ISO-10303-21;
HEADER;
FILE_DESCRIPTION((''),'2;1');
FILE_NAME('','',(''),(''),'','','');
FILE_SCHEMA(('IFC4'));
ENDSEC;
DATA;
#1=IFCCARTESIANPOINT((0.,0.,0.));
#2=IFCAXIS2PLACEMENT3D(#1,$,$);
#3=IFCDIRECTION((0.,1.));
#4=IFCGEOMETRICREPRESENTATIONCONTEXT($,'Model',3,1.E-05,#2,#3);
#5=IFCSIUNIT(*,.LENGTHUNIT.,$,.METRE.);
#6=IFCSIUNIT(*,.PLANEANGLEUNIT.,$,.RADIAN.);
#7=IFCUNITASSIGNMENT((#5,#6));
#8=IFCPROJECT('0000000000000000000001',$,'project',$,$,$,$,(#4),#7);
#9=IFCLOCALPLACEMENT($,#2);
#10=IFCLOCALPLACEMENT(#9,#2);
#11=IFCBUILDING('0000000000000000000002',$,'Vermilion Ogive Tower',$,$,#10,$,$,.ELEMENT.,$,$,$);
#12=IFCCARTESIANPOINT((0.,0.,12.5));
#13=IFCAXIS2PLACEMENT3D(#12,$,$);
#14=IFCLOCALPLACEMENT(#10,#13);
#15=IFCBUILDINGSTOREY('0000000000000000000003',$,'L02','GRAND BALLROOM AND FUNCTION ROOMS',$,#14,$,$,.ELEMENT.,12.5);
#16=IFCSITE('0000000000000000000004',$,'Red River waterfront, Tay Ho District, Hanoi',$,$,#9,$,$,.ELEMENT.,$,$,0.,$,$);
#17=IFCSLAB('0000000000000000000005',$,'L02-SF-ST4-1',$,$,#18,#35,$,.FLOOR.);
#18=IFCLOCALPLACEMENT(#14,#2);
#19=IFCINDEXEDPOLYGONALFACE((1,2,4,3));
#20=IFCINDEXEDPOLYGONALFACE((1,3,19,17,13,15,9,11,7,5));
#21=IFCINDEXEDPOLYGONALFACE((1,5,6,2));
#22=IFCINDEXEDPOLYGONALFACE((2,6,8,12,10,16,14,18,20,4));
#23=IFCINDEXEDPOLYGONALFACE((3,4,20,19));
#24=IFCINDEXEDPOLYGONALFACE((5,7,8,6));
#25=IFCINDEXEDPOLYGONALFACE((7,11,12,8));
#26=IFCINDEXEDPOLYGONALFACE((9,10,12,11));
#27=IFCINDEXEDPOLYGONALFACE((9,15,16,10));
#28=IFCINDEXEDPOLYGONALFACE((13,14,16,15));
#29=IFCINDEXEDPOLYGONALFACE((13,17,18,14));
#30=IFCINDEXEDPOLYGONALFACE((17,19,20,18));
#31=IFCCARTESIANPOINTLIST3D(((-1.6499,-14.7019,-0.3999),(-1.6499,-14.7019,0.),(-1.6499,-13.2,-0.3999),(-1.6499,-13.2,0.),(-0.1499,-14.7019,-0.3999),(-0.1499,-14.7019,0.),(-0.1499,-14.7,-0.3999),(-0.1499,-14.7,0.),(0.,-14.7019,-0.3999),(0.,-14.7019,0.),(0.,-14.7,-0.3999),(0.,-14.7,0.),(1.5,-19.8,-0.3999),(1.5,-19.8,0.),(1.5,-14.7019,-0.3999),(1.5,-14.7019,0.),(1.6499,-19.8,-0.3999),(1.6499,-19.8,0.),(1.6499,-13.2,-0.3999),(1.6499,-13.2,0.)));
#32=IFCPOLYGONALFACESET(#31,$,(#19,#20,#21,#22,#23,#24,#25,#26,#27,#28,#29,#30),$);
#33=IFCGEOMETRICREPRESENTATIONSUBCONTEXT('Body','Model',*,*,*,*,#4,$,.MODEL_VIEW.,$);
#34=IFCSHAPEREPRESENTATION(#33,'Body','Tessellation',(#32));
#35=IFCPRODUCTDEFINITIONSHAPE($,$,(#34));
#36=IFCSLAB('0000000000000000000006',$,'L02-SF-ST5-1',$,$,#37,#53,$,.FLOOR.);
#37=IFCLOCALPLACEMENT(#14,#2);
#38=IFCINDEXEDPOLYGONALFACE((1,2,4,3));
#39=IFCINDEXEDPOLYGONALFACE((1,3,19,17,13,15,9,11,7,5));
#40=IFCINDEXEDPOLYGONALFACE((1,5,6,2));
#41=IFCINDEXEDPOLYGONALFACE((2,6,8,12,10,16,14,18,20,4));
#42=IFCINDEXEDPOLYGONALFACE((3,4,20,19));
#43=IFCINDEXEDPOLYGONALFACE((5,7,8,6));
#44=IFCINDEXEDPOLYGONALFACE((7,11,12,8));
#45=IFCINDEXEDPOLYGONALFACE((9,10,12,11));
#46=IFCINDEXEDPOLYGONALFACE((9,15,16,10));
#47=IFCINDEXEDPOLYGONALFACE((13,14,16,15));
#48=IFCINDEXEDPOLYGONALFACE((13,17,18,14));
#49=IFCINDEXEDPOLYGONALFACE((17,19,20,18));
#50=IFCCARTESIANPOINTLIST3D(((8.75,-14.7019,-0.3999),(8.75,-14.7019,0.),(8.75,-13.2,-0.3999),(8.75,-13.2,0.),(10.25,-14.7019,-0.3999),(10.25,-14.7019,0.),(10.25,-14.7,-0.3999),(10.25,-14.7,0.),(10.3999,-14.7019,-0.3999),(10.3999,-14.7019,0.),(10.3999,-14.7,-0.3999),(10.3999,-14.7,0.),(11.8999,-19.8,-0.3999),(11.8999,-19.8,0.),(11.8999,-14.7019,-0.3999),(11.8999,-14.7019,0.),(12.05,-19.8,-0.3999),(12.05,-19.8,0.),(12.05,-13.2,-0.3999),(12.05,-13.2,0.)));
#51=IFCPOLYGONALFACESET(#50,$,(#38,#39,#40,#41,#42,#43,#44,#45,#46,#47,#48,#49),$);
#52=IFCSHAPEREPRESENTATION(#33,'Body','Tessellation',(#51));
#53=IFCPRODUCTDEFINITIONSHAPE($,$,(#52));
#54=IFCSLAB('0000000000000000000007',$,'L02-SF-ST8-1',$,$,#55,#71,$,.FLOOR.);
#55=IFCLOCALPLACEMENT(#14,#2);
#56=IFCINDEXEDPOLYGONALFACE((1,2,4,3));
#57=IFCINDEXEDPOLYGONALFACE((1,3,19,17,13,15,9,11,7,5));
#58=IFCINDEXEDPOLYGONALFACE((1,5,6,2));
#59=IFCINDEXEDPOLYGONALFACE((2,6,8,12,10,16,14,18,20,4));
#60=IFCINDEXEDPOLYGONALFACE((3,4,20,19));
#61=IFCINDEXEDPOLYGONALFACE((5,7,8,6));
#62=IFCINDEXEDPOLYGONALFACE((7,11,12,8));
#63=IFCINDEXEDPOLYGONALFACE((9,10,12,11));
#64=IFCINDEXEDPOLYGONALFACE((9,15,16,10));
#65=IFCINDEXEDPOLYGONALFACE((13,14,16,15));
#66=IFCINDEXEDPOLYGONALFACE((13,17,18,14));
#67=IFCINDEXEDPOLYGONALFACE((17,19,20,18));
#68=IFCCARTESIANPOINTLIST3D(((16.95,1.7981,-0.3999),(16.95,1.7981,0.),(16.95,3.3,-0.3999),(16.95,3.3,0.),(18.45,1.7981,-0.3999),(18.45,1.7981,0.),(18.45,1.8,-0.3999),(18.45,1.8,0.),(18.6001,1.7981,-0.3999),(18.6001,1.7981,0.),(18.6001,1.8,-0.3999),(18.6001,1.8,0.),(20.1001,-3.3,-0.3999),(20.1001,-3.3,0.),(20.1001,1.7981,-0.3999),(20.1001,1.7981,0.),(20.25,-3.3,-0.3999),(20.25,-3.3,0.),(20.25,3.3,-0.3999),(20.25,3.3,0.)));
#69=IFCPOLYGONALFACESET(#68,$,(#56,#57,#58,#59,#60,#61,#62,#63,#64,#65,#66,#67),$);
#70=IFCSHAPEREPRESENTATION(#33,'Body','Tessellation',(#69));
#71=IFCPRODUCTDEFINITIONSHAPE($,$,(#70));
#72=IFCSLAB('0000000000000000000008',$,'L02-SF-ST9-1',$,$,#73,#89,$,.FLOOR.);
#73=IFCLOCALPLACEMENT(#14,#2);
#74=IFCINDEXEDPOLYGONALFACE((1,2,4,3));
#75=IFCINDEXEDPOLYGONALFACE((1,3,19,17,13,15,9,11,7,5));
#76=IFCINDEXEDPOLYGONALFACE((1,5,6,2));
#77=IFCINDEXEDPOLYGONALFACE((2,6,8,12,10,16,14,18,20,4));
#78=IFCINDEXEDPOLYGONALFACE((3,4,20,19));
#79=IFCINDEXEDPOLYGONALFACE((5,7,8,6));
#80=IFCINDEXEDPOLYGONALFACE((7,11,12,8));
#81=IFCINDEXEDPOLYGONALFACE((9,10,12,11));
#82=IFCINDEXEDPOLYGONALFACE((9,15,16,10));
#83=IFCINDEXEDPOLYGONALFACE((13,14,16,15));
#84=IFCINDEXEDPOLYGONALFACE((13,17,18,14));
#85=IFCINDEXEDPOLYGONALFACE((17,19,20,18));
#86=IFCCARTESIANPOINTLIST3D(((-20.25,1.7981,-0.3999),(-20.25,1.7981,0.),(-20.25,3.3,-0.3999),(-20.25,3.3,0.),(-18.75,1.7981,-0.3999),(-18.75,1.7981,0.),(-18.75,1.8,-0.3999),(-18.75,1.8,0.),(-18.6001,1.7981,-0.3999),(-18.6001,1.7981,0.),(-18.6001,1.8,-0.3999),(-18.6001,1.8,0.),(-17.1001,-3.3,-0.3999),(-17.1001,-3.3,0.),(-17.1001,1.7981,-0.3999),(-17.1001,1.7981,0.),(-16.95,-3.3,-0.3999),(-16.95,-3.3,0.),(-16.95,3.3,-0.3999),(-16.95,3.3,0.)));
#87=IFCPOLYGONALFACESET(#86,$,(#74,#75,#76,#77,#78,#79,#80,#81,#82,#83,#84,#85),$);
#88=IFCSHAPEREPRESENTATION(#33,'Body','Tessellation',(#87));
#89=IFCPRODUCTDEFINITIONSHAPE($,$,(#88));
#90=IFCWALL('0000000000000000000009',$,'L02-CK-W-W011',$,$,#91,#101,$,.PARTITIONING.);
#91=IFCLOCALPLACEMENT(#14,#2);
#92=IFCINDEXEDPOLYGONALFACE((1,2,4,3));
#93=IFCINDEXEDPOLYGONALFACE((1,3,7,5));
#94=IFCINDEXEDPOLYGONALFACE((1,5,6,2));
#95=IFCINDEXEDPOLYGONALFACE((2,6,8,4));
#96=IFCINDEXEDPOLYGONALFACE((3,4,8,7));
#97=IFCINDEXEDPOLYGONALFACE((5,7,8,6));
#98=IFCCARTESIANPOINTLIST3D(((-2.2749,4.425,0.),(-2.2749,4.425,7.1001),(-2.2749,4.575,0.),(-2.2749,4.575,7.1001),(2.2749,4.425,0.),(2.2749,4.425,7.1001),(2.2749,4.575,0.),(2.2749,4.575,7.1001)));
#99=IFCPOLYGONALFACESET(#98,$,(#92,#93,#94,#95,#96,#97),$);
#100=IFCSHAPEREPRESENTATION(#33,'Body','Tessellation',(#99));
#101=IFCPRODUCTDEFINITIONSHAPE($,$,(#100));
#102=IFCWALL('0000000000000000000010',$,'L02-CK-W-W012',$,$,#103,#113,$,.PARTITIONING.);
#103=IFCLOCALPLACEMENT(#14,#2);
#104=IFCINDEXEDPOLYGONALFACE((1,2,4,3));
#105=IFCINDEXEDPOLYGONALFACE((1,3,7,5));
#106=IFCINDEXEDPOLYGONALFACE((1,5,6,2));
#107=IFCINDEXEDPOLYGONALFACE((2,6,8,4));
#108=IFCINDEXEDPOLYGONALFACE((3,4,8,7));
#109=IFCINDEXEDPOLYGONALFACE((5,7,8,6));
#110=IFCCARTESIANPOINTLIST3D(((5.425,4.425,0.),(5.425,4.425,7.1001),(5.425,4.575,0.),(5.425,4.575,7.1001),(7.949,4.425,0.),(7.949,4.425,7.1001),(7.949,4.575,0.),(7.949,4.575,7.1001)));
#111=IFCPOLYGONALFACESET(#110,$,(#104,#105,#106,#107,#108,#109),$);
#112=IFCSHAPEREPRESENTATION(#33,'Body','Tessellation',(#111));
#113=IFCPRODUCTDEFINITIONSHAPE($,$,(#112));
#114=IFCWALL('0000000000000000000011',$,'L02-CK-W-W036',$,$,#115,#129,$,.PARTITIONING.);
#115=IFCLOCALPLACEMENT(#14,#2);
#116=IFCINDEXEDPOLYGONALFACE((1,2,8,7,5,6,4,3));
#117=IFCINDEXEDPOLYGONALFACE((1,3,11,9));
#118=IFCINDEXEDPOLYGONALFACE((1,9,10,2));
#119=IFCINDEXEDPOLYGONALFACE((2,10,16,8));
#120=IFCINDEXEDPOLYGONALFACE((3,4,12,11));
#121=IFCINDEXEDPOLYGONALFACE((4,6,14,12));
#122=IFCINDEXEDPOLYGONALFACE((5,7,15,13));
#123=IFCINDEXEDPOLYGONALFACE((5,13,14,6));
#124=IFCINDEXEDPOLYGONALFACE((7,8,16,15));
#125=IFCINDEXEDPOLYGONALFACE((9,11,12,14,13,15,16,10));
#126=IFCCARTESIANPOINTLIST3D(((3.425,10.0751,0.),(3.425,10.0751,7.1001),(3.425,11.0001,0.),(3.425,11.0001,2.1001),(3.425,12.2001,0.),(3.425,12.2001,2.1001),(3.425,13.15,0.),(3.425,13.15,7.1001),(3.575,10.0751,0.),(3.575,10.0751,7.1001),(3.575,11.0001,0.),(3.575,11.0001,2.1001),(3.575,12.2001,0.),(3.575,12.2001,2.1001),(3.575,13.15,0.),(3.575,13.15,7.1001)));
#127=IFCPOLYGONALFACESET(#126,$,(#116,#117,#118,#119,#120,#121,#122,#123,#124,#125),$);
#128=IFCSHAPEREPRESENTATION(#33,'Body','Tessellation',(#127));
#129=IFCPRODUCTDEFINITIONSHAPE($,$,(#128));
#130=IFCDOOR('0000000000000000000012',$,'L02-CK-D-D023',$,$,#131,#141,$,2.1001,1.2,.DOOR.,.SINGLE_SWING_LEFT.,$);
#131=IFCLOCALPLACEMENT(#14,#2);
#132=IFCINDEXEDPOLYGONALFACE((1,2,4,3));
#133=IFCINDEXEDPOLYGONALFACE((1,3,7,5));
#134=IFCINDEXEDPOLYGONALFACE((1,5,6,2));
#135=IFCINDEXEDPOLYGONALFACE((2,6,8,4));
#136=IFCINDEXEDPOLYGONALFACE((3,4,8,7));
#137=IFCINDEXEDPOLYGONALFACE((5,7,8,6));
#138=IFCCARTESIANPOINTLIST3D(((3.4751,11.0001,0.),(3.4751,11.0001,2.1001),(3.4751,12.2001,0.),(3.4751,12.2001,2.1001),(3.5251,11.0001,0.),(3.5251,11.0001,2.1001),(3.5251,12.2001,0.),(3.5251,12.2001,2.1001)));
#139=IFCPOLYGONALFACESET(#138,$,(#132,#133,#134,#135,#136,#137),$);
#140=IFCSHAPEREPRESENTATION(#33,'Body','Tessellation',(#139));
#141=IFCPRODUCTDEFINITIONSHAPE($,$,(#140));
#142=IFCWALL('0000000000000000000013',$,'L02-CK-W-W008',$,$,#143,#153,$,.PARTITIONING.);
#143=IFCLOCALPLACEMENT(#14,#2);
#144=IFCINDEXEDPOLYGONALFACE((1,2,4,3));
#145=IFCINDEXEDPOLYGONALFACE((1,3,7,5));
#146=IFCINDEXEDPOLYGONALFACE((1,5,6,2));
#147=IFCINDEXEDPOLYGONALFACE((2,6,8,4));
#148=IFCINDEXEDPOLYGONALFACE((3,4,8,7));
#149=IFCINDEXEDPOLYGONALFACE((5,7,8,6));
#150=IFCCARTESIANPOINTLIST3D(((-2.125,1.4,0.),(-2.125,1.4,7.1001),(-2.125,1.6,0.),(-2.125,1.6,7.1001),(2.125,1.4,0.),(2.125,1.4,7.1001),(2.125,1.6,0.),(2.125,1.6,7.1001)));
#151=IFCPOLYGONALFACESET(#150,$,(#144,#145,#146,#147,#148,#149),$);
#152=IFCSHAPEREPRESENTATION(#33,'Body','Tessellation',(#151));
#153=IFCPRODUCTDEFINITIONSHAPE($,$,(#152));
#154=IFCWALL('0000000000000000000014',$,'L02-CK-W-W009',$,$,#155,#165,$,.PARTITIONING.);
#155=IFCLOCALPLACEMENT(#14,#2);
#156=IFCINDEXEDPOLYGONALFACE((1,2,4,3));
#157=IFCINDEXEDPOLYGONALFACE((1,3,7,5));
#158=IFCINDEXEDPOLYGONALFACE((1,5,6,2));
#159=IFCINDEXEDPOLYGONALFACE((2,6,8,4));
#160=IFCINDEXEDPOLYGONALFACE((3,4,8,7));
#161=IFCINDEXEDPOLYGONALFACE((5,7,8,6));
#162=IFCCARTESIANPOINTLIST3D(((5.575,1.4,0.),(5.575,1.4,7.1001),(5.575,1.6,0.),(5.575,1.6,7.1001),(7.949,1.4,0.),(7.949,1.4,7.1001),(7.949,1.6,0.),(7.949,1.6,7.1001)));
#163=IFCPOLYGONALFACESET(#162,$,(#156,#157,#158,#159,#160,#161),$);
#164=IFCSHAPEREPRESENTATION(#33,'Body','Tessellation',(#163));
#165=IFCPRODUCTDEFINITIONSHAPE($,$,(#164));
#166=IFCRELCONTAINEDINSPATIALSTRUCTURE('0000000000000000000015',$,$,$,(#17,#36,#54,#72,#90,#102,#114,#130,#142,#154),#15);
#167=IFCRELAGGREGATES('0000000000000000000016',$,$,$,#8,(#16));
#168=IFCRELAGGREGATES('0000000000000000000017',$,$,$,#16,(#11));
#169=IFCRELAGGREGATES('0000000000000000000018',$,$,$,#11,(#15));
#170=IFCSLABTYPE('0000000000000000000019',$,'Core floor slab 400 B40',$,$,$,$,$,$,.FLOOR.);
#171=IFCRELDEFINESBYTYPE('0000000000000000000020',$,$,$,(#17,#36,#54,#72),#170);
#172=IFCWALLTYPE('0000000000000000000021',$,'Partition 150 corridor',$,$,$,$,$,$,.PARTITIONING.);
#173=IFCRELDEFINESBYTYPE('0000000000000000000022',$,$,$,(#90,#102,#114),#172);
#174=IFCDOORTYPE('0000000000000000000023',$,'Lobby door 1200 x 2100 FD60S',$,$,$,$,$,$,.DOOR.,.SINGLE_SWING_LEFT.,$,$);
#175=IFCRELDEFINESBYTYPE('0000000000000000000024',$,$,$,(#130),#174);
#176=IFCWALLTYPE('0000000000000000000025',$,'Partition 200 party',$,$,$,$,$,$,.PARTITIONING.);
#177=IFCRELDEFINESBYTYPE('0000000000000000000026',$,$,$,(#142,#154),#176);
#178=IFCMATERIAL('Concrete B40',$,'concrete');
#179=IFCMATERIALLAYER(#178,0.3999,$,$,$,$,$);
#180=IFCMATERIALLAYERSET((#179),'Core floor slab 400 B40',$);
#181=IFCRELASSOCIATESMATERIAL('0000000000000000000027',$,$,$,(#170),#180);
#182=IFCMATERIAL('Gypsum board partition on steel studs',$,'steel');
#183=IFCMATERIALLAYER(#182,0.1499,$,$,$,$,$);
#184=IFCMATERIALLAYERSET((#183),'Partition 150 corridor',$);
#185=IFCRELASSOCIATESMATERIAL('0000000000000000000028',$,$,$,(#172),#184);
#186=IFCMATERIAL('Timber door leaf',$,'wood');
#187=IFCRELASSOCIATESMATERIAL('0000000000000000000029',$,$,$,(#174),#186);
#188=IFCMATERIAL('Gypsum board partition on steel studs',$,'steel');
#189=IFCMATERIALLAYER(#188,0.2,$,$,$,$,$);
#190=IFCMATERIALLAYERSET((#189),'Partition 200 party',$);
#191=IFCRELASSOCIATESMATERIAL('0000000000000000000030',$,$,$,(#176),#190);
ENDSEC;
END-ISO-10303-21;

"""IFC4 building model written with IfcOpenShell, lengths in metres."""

from ifc_helpers import new_model, si_unit, direction, frame, frame_2d, origin, place, context, subcontext, project, spatial, polyline, rectangle, outline, extrude, material, layer, layer_set, type_object, element, fill, save


model = new_model("IFC4")

# Units and contexts
model_context = context("Model", 3, precision=1e-05, world=origin(), true_north=direction((0.0, 1.0)))
body_context = subcontext(model_context, "Body", "Model", "MODEL_VIEW")
ifc_project = project(units=[si_unit("LENGTHUNIT", "METRE"), si_unit("PLANEANGLEUNIT", "RADIAN")], contexts=[model_context])

# Site, building, storey
site_placement = place(None, origin())
site = spatial("IfcSite", under=ifc_project, at=site_placement, Name="Red River waterfront, Tay Ho District, Hanoi", CompositionType="ELEMENT", RefElevation=0.0)
building_placement = place(site_placement, origin())
building = spatial("IfcBuilding", under=site, at=building_placement, Name="Vermilion Ogive Tower", CompositionType="ELEMENT")
storey_placement = place(building_placement, frame((0.0, 0.0, 12.5)))
storey = spatial("IfcBuildingStorey", under=building, at=storey_placement, Name="L02", Description="GRAND BALLROOM AND FUNCTION ROOMS", CompositionType="ELEMENT", Elevation=12.5)

# Slabs
ifc_material_1 = material(Name="Concrete B40", Category="concrete")
ifc_layer_1 = layer(ifc_material_1, 0.3999)
ifc_layer_set_1 = layer_set([ifc_layer_1], Name="Core floor slab 400 B40")
slab_type = type_object("IfcSlabType", Name="Core floor slab 400 B40", PredefinedType="FLOOR", material=ifc_layer_set_1)
slab_1_placement = place(storey_placement, frame((0.0, 0.0, -0.3999)))
element("IfcSlab", 1, at=slab_1_placement, inside=storey, type_object=slab_type, Name="L02-SF-ST4-1", PredefinedType="FLOOR", context=body_context, shape_type="SweptSolid", body=[
    extrude(outline(polyline([(-1.6499, -13.2), (-1.6499, -14.7019), (-0.1499, -14.7019), (-0.1499, -14.7), (0.0, -14.7), (0.0, -14.7019), (1.5, -14.7019), (1.5, -19.8), (1.6499, -19.8), (1.6499, -13.2), (-1.6499, -13.2)])), origin(), (0.0, 0.0, 1.0), 0.3999),
])
slab_2_placement = place(storey_placement, frame((0.0, 0.0, -0.3999)))
element("IfcSlab", 2, at=slab_2_placement, inside=storey, type_object=slab_type, Name="L02-SF-ST5-1", PredefinedType="FLOOR", context=body_context, shape_type="SweptSolid", body=[
    extrude(outline(polyline([(8.75, -13.2), (8.75, -14.7019), (10.25, -14.7019), (10.25, -14.7), (10.3999, -14.7), (10.3999, -14.7019), (11.8999, -14.7019), (11.8999, -19.8), (12.05, -19.8), (12.05, -13.2), (8.75, -13.2)])), origin(), (0.0, 0.0, 1.0), 0.3999),
])
slab_3_placement = place(storey_placement, frame((0.0, 0.0, -0.3999)))
element("IfcSlab", 3, at=slab_3_placement, inside=storey, type_object=slab_type, Name="L02-SF-ST8-1", PredefinedType="FLOOR", context=body_context, shape_type="SweptSolid", body=[
    extrude(outline(polyline([(16.95, 3.3), (16.95, 1.7981), (18.45, 1.7981), (18.45, 1.8), (18.6001, 1.8), (18.6001, 1.7981), (20.1001, 1.7981), (20.1001, -3.3), (20.25, -3.3), (20.25, 3.3), (16.95, 3.3)])), origin(), (0.0, 0.0, 1.0), 0.3999),
])
slab_4_placement = place(storey_placement, frame((0.0, 0.0, -0.3999)))
element("IfcSlab", 4, at=slab_4_placement, inside=storey, type_object=slab_type, Name="L02-SF-ST9-1", PredefinedType="FLOOR", context=body_context, shape_type="SweptSolid", body=[
    extrude(outline(polyline([(-20.25, 3.3), (-20.25, 1.7981), (-18.75, 1.7981), (-18.75, 1.8), (-18.6001, 1.8), (-18.6001, 1.7981), (-17.1001, 1.7981), (-17.1001, -3.3), (-16.95, -3.3), (-16.95, 3.3), (-20.25, 3.3)])), origin(), (0.0, 0.0, 1.0), 0.3999),
])

# Walls
ifc_material_2 = material(Name="Gypsum board partition on steel studs", Category="steel")
ifc_layer_2 = layer(ifc_material_2, 0.1499)
ifc_layer_set_2 = layer_set([ifc_layer_2], Name="Partition 150 corridor")
wall_type_1 = type_object("IfcWallType", Name="Partition 150 corridor", PredefinedType="PARTITIONING", material=ifc_layer_set_2)
wall_1_placement = place(storey_placement, frame((-2.2749, 4.5, 0.0), z_axis=(0.0, 0.0, 1.0), x_axis=(1.0, 0.0, 0.0)))
element("IfcWall", 5, at=wall_1_placement, inside=storey, type_object=wall_type_1, Name="L02-CK-W-W011", PredefinedType="PARTITIONING", context=body_context, shape_type="SweptSolid", body=[
    extrude(rectangle(XDim=4.5498, YDim=0.1499, at=frame_2d((2.2749, 0.0))), origin(), (0.0, 0.0, 1.0), 7.1001),
])
wall_2_placement = place(storey_placement, frame((5.425, 4.5, 0.0), z_axis=(0.0, 0.0, 1.0), x_axis=(1.0, 0.0, 0.0)))
element("IfcWall", 6, at=wall_2_placement, inside=storey, type_object=wall_type_1, Name="L02-CK-W-W012", PredefinedType="PARTITIONING", context=body_context, shape_type="SweptSolid", body=[
    extrude(rectangle(XDim=2.5239, YDim=0.1499, at=frame_2d((1.262, 0.0))), origin(), (0.0, 0.0, 1.0), 7.1001),
])

# Wall, opening, door
wall_3_placement = place(storey_placement, frame((3.5, 10.075, 0.0), z_axis=(0.0, 0.0, 1.0), x_axis=(0.0, 1.0, 0.0)))
wall_3 = element("IfcWall", 7, at=wall_3_placement, inside=storey, type_object=wall_type_1, Name="L02-CK-W-W036", PredefinedType="PARTITIONING", context=body_context, shape_type="SweptSolid", body=[
    extrude(rectangle(XDim=3.075, YDim=0.1499, at=frame_2d((1.5376, 0.0))), origin(), (0.0, 0.0, 1.0), 7.1001),
])
opening_1_placement = place(wall_3_placement, frame((0.925, 0.0, 0.0)))
opening_1 = element("IfcOpeningElement", 8, at=opening_1_placement, cuts=wall_3, PredefinedType="OPENING", context=body_context, shape_type="SweptSolid", body=[
    extrude(rectangle(XDim=1.2, YDim=2.1001, at=frame_2d((0.6001, 1.05))), frame((0.0, 0.085, 0.0), z_axis=(0.0, -1.0, 0.0), x_axis=(1.0, 0.0, 0.0)), (0.0, 0.0, 1.0), 0.1699),
])
ifc_material_3 = material(Name="Timber door leaf", Category="wood")
door_type_1 = type_object("IfcDoorType", Name="Lobby door 1200 x 2100 FD60S", OperationType="SINGLE_SWING_LEFT", PredefinedType="DOOR", material=ifc_material_3)
door_1_placement = place(opening_1_placement, origin())
door_1 = element("IfcDoor", 9, at=door_1_placement, inside=storey, type_object=door_type_1, Name="L02-CK-D-D023", OperationType="SINGLE_SWING_LEFT", OverallHeight=2.1001, OverallWidth=1.2, PredefinedType="DOOR", context=body_context, shape_type="SweptSolid", body=[
    extrude(rectangle(XDim=1.2, YDim=2.1001, at=frame_2d((0.6001, 1.05))), frame((0.0, 0.0249, 0.0), z_axis=(0.0, -1.0, 0.0), x_axis=(1.0, 0.0, 0.0)), (0.0, 0.0, 1.0), 0.05),
])
fill(opening_1, door_1)

# Walls
ifc_material_4 = material(Name="Gypsum board partition on steel studs", Category="steel")
ifc_layer_3 = layer(ifc_material_4, 0.2)
ifc_layer_set_3 = layer_set([ifc_layer_3], Name="Partition 200 party")
wall_type_2 = type_object("IfcWallType", Name="Partition 200 party", PredefinedType="PARTITIONING", material=ifc_layer_set_3)
wall_4_placement = place(storey_placement, frame((-2.125, 1.5, 0.0), z_axis=(0.0, 0.0, 1.0), x_axis=(1.0, 0.0, 0.0)))
element("IfcWall", 10, at=wall_4_placement, inside=storey, type_object=wall_type_2, Name="L02-CK-W-W008", PredefinedType="PARTITIONING", context=body_context, shape_type="SweptSolid", body=[
    extrude(rectangle(XDim=4.25, YDim=0.2, at=frame_2d((2.125, 0.0))), origin(), (0.0, 0.0, 1.0), 7.1001),
])
wall_5_placement = place(storey_placement, frame((5.575, 1.5, 0.0), z_axis=(0.0, 0.0, 1.0), x_axis=(1.0, 0.0, 0.0)))
element("IfcWall", 11, at=wall_5_placement, inside=storey, type_object=wall_type_2, Name="L02-CK-W-W009", PredefinedType="PARTITIONING", context=body_context, shape_type="SweptSolid", body=[
    extrude(rectangle(XDim=2.374, YDim=0.2, at=frame_2d((1.187, 0.0))), origin(), (0.0, 0.0, 1.0), 7.1001),
])

save(model, "model.ifc")
